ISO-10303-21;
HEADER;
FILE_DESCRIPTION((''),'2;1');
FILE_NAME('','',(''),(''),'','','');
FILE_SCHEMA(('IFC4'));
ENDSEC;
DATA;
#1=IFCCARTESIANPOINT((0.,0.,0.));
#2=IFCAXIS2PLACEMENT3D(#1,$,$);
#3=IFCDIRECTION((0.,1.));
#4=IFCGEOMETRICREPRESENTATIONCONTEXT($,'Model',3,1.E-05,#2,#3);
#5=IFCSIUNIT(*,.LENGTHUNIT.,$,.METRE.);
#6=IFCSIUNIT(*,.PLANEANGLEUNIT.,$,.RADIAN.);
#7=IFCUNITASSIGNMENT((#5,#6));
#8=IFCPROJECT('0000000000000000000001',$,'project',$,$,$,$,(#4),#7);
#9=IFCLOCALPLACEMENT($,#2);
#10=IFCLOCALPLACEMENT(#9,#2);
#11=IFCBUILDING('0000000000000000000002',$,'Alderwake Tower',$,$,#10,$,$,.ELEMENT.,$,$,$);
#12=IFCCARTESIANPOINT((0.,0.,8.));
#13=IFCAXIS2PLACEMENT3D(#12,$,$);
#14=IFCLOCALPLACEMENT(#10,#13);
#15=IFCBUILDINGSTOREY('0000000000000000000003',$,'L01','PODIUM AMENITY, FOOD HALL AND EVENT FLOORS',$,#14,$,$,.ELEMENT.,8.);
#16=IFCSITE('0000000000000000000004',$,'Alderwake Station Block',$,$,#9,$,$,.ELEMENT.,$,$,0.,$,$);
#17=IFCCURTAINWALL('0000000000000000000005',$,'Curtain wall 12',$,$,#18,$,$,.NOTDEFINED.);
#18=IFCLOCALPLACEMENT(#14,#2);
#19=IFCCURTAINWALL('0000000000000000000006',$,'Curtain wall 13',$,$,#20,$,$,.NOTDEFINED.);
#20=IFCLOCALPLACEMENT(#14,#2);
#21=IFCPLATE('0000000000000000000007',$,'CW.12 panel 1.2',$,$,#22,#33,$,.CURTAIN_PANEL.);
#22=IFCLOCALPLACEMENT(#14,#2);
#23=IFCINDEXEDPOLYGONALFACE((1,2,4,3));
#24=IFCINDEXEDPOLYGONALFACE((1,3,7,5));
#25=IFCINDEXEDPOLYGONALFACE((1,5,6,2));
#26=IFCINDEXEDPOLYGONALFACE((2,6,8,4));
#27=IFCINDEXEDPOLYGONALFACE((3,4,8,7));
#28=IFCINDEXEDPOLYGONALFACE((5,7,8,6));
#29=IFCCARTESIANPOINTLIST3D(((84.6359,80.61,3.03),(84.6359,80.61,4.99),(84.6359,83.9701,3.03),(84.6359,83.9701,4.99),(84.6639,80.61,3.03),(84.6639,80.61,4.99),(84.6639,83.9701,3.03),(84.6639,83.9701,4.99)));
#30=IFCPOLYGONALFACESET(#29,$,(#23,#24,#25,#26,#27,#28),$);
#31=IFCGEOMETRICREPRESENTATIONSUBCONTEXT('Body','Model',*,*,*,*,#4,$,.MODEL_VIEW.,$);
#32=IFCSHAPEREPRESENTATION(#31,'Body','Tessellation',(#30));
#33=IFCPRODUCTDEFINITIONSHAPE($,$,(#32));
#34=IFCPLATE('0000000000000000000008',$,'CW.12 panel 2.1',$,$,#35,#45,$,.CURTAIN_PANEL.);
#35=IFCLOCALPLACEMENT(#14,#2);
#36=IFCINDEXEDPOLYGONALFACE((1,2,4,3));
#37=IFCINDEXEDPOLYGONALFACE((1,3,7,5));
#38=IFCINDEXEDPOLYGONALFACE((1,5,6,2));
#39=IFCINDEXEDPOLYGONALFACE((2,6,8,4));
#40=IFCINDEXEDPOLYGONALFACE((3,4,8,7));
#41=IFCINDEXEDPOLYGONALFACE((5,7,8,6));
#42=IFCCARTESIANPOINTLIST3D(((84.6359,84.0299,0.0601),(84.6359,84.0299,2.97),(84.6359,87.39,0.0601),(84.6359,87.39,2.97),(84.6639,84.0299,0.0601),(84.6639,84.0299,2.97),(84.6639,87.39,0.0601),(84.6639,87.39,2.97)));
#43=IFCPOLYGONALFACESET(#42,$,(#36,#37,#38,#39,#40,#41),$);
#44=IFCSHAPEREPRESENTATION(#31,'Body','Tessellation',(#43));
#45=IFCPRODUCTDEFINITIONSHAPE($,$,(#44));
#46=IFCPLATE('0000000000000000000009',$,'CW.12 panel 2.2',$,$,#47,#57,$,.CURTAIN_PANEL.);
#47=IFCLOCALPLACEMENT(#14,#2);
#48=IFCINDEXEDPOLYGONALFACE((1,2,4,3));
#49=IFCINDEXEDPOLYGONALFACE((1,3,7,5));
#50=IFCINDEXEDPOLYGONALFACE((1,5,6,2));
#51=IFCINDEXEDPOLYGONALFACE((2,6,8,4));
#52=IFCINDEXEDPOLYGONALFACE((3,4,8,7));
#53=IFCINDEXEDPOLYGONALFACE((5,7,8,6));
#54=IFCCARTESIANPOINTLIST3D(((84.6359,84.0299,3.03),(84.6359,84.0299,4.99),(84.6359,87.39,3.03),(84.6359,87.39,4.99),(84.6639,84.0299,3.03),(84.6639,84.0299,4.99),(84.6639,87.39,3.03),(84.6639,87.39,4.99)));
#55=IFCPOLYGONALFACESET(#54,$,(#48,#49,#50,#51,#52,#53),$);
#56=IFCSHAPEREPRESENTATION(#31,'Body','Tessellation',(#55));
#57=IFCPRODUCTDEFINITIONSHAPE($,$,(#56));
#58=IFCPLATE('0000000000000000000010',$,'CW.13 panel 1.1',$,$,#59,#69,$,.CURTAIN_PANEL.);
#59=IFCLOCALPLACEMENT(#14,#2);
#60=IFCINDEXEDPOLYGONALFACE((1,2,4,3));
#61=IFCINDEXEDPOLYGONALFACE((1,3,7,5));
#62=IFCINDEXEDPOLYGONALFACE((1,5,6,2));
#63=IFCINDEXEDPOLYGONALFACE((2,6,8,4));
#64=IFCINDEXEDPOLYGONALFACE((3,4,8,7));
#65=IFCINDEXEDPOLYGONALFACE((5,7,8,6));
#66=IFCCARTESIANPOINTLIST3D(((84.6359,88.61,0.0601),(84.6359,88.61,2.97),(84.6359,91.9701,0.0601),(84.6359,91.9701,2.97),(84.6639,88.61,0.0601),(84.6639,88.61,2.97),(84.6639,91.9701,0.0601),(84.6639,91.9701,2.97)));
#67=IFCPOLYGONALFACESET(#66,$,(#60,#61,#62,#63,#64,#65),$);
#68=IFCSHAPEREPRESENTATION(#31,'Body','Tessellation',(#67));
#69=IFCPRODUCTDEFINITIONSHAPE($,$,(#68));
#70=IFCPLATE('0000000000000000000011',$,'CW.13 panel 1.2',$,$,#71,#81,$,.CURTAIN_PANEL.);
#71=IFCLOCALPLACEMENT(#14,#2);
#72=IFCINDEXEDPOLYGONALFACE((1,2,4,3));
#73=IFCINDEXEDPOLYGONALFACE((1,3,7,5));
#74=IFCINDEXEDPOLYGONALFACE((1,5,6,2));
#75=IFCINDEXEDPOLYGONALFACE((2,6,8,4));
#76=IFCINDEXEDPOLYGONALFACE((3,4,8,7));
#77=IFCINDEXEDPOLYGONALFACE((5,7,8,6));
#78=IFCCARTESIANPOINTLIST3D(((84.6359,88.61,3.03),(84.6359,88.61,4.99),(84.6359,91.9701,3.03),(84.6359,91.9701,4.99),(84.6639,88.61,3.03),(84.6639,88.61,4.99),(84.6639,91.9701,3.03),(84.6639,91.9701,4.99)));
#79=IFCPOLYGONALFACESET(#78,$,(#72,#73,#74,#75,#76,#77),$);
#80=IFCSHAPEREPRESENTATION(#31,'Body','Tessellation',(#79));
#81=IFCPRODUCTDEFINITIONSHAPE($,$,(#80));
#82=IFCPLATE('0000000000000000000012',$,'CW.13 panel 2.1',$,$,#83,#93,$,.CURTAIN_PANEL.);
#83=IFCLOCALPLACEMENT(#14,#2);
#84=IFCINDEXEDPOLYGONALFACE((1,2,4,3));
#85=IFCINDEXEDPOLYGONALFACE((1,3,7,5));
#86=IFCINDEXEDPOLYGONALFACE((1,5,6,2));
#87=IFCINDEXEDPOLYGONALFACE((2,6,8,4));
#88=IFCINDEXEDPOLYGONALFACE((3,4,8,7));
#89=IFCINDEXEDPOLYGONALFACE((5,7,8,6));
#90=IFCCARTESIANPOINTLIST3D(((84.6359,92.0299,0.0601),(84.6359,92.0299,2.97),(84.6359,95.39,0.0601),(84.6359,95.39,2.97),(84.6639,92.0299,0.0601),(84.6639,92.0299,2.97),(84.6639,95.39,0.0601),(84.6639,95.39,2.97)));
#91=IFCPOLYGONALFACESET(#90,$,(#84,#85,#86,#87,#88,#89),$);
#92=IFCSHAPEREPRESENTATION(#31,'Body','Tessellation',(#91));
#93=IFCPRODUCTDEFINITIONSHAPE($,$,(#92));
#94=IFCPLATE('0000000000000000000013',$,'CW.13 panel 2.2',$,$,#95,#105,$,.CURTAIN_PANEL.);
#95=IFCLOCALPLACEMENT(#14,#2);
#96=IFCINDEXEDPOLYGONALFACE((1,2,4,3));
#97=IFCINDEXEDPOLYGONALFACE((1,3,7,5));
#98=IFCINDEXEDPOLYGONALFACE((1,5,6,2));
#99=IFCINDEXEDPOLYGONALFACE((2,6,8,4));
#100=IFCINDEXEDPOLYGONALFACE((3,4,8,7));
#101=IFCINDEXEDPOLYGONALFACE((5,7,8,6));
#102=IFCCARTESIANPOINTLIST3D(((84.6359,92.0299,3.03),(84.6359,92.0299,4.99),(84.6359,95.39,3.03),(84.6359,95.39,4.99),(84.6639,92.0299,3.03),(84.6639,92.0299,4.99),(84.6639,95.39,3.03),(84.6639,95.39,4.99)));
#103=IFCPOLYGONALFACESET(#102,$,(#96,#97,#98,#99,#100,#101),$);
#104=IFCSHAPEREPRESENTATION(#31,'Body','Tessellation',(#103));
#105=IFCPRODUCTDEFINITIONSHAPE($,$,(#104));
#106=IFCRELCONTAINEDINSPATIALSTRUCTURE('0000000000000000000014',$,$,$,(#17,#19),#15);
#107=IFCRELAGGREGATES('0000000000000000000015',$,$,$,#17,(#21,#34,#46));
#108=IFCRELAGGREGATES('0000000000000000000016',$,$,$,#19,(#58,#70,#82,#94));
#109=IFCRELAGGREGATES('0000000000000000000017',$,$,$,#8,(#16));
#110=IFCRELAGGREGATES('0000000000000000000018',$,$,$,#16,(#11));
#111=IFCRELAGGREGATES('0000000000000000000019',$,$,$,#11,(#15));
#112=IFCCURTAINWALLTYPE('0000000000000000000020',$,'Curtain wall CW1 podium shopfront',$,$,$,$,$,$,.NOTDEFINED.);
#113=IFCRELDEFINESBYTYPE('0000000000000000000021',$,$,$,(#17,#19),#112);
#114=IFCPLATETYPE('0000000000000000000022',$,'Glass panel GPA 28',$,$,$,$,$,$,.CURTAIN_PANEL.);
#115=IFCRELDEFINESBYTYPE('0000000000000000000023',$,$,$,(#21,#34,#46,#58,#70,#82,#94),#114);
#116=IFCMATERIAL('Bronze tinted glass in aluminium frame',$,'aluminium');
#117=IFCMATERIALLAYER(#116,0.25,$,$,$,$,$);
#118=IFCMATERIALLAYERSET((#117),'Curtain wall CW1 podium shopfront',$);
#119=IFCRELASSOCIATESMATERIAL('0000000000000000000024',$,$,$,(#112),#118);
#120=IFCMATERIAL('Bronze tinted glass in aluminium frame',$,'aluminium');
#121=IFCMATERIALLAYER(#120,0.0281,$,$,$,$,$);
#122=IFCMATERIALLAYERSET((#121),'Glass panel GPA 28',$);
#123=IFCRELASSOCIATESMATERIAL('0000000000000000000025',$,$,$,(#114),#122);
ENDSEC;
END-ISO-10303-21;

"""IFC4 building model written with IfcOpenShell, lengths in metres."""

from ifc_helpers import new_model, si_unit, direction, frame, origin, origin_2d, place, context, subcontext, project, spatial, rectangle, extrude, material, layer, layer_set, type_object, element, aggregate, save


model = new_model("IFC4")

# Units and contexts
model_context = context("Model", 3, precision=1e-05, world=origin(), true_north=direction((0.0, 1.0)))
body_context = subcontext(model_context, "Body", "Model", "MODEL_VIEW")
ifc_project = project(units=[si_unit("LENGTHUNIT", "METRE"), si_unit("PLANEANGLEUNIT", "RADIAN")], contexts=[model_context])

# Site, building, storey
site_placement = place(None, origin())
site = spatial("IfcSite", under=ifc_project, at=site_placement, Name="Alderwake Station Block", CompositionType="ELEMENT", RefElevation=0.0)
building_placement = place(site_placement, origin())
building = spatial("IfcBuilding", under=site, at=building_placement, Name="Alderwake Tower", CompositionType="ELEMENT")
storey_placement = place(building_placement, frame((0.0, 0.0, 8.0)))
storey = spatial("IfcBuildingStorey", under=building, at=storey_placement, Name="L01", Description="PODIUM AMENITY, FOOD HALL AND EVENT FLOORS", CompositionType="ELEMENT", Elevation=8.0)

# Curtain walls
ifc_material_1 = material(Name="Bronze tinted glass in aluminium frame", Category="aluminium")
ifc_layer_1 = layer(ifc_material_1, 0.25)
ifc_layer_set_1 = layer_set([ifc_layer_1], Name="Curtain wall CW1 podium shopfront")
curtain_wall_type = type_object("IfcCurtainWallType", Name="Curtain wall CW1 podium shopfront", PredefinedType="NOTDEFINED", material=ifc_layer_set_1)
curtain_wall_1_placement = place(storey_placement, origin())
curtain_wall_1 = element("IfcCurtainWall", 1, at=curtain_wall_1_placement, inside=storey, type_object=curtain_wall_type, Name="Curtain wall 12", PredefinedType="NOTDEFINED")
curtain_wall_2_placement = place(storey_placement, origin())
curtain_wall_2 = element("IfcCurtainWall", 2, at=curtain_wall_2_placement, inside=storey, type_object=curtain_wall_type, Name="Curtain wall 13", PredefinedType="NOTDEFINED")

# Plates
ifc_material_2 = material(Name="Bronze tinted glass in aluminium frame", Category="aluminium")
ifc_layer_2 = layer(ifc_material_2, 0.0281)
ifc_layer_set_2 = layer_set([ifc_layer_2], Name="Glass panel GPA 28")
plate_type = type_object("IfcPlateType", Name="Glass panel GPA 28", PredefinedType="CURTAIN_PANEL", material=ifc_layer_set_2)
plate_1_placement = place(storey_placement, frame((84.6499, 82.29, 3.03), z_axis=(0.0, 0.0, 1.0), x_axis=(0.0, 1.0, 0.0)))
plate_1 = element("IfcPlate", 3, at=plate_1_placement, type_object=plate_type, Name="CW.12 panel 1.2", PredefinedType="CURTAIN_PANEL", context=body_context, shape_type="SweptSolid", body=[
    extrude(rectangle(XDim=3.3601, YDim=0.0281, at=origin_2d()), origin(), (0.0, 0.0, 1.0), 1.96),
])
plate_2_placement = place(storey_placement, frame((84.6499, 85.71, 0.0601), z_axis=(0.0, 0.0, 1.0), x_axis=(0.0, 1.0, 0.0)))
plate_2 = element("IfcPlate", 4, at=plate_2_placement, type_object=plate_type, Name="CW.12 panel 2.1", PredefinedType="CURTAIN_PANEL", context=body_context, shape_type="SweptSolid", body=[
    extrude(rectangle(XDim=3.3601, YDim=0.0281, at=origin_2d()), origin(), (0.0, 0.0, 1.0), 2.9099),
])
plate_3_placement = place(storey_placement, frame((84.6499, 85.71, 3.03), z_axis=(0.0, 0.0, 1.0), x_axis=(0.0, 1.0, 0.0)))
plate_3 = element("IfcPlate", 5, at=plate_3_placement, type_object=plate_type, Name="CW.12 panel 2.2", PredefinedType="CURTAIN_PANEL", context=body_context, shape_type="SweptSolid", body=[
    extrude(rectangle(XDim=3.3601, YDim=0.0281, at=origin_2d()), origin(), (0.0, 0.0, 1.0), 1.96),
])
aggregate(curtain_wall_1, [plate_1, plate_2, plate_3])
plate_4_placement = place(storey_placement, frame((84.6499, 90.29, 0.0601), z_axis=(0.0, 0.0, 1.0), x_axis=(0.0, 1.0, 0.0)))
plate_4 = element("IfcPlate", 6, at=plate_4_placement, type_object=plate_type, Name="CW.13 panel 1.1", PredefinedType="CURTAIN_PANEL", context=body_context, shape_type="SweptSolid", body=[
    extrude(rectangle(XDim=3.3601, YDim=0.0281, at=origin_2d()), origin(), (0.0, 0.0, 1.0), 2.9099),
])
plate_5_placement = place(storey_placement, frame((84.6499, 90.29, 3.03), z_axis=(0.0, 0.0, 1.0), x_axis=(0.0, 1.0, 0.0)))
plate_5 = element("IfcPlate", 7, at=plate_5_placement, type_object=plate_type, Name="CW.13 panel 1.2", PredefinedType="CURTAIN_PANEL", context=body_context, shape_type="SweptSolid", body=[
    extrude(rectangle(XDim=3.3601, YDim=0.0281, at=origin_2d()), origin(), (0.0, 0.0, 1.0), 1.96),
])
plate_6_placement = place(storey_placement, frame((84.6499, 93.71, 0.0601), z_axis=(0.0, 0.0, 1.0), x_axis=(0.0, 1.0, 0.0)))
plate_6 = element("IfcPlate", 8, at=plate_6_placement, type_object=plate_type, Name="CW.13 panel 2.1", PredefinedType="CURTAIN_PANEL", context=body_context, shape_type="SweptSolid", body=[
    extrude(rectangle(XDim=3.3601, YDim=0.0281, at=origin_2d()), origin(), (0.0, 0.0, 1.0), 2.9099),
])
plate_7_placement = place(storey_placement, frame((84.6499, 93.71, 3.03), z_axis=(0.0, 0.0, 1.0), x_axis=(0.0, 1.0, 0.0)))
plate_7 = element("IfcPlate", 9, at=plate_7_placement, type_object=plate_type, Name="CW.13 panel 2.2", PredefinedType="CURTAIN_PANEL", context=body_context, shape_type="SweptSolid", body=[
    extrude(rectangle(XDim=3.3601, YDim=0.0281, at=origin_2d()), origin(), (0.0, 0.0, 1.0), 1.96),
])
aggregate(curtain_wall_2, [plate_4, plate_5, plate_6, plate_7])

save(model, "model.ifc")
